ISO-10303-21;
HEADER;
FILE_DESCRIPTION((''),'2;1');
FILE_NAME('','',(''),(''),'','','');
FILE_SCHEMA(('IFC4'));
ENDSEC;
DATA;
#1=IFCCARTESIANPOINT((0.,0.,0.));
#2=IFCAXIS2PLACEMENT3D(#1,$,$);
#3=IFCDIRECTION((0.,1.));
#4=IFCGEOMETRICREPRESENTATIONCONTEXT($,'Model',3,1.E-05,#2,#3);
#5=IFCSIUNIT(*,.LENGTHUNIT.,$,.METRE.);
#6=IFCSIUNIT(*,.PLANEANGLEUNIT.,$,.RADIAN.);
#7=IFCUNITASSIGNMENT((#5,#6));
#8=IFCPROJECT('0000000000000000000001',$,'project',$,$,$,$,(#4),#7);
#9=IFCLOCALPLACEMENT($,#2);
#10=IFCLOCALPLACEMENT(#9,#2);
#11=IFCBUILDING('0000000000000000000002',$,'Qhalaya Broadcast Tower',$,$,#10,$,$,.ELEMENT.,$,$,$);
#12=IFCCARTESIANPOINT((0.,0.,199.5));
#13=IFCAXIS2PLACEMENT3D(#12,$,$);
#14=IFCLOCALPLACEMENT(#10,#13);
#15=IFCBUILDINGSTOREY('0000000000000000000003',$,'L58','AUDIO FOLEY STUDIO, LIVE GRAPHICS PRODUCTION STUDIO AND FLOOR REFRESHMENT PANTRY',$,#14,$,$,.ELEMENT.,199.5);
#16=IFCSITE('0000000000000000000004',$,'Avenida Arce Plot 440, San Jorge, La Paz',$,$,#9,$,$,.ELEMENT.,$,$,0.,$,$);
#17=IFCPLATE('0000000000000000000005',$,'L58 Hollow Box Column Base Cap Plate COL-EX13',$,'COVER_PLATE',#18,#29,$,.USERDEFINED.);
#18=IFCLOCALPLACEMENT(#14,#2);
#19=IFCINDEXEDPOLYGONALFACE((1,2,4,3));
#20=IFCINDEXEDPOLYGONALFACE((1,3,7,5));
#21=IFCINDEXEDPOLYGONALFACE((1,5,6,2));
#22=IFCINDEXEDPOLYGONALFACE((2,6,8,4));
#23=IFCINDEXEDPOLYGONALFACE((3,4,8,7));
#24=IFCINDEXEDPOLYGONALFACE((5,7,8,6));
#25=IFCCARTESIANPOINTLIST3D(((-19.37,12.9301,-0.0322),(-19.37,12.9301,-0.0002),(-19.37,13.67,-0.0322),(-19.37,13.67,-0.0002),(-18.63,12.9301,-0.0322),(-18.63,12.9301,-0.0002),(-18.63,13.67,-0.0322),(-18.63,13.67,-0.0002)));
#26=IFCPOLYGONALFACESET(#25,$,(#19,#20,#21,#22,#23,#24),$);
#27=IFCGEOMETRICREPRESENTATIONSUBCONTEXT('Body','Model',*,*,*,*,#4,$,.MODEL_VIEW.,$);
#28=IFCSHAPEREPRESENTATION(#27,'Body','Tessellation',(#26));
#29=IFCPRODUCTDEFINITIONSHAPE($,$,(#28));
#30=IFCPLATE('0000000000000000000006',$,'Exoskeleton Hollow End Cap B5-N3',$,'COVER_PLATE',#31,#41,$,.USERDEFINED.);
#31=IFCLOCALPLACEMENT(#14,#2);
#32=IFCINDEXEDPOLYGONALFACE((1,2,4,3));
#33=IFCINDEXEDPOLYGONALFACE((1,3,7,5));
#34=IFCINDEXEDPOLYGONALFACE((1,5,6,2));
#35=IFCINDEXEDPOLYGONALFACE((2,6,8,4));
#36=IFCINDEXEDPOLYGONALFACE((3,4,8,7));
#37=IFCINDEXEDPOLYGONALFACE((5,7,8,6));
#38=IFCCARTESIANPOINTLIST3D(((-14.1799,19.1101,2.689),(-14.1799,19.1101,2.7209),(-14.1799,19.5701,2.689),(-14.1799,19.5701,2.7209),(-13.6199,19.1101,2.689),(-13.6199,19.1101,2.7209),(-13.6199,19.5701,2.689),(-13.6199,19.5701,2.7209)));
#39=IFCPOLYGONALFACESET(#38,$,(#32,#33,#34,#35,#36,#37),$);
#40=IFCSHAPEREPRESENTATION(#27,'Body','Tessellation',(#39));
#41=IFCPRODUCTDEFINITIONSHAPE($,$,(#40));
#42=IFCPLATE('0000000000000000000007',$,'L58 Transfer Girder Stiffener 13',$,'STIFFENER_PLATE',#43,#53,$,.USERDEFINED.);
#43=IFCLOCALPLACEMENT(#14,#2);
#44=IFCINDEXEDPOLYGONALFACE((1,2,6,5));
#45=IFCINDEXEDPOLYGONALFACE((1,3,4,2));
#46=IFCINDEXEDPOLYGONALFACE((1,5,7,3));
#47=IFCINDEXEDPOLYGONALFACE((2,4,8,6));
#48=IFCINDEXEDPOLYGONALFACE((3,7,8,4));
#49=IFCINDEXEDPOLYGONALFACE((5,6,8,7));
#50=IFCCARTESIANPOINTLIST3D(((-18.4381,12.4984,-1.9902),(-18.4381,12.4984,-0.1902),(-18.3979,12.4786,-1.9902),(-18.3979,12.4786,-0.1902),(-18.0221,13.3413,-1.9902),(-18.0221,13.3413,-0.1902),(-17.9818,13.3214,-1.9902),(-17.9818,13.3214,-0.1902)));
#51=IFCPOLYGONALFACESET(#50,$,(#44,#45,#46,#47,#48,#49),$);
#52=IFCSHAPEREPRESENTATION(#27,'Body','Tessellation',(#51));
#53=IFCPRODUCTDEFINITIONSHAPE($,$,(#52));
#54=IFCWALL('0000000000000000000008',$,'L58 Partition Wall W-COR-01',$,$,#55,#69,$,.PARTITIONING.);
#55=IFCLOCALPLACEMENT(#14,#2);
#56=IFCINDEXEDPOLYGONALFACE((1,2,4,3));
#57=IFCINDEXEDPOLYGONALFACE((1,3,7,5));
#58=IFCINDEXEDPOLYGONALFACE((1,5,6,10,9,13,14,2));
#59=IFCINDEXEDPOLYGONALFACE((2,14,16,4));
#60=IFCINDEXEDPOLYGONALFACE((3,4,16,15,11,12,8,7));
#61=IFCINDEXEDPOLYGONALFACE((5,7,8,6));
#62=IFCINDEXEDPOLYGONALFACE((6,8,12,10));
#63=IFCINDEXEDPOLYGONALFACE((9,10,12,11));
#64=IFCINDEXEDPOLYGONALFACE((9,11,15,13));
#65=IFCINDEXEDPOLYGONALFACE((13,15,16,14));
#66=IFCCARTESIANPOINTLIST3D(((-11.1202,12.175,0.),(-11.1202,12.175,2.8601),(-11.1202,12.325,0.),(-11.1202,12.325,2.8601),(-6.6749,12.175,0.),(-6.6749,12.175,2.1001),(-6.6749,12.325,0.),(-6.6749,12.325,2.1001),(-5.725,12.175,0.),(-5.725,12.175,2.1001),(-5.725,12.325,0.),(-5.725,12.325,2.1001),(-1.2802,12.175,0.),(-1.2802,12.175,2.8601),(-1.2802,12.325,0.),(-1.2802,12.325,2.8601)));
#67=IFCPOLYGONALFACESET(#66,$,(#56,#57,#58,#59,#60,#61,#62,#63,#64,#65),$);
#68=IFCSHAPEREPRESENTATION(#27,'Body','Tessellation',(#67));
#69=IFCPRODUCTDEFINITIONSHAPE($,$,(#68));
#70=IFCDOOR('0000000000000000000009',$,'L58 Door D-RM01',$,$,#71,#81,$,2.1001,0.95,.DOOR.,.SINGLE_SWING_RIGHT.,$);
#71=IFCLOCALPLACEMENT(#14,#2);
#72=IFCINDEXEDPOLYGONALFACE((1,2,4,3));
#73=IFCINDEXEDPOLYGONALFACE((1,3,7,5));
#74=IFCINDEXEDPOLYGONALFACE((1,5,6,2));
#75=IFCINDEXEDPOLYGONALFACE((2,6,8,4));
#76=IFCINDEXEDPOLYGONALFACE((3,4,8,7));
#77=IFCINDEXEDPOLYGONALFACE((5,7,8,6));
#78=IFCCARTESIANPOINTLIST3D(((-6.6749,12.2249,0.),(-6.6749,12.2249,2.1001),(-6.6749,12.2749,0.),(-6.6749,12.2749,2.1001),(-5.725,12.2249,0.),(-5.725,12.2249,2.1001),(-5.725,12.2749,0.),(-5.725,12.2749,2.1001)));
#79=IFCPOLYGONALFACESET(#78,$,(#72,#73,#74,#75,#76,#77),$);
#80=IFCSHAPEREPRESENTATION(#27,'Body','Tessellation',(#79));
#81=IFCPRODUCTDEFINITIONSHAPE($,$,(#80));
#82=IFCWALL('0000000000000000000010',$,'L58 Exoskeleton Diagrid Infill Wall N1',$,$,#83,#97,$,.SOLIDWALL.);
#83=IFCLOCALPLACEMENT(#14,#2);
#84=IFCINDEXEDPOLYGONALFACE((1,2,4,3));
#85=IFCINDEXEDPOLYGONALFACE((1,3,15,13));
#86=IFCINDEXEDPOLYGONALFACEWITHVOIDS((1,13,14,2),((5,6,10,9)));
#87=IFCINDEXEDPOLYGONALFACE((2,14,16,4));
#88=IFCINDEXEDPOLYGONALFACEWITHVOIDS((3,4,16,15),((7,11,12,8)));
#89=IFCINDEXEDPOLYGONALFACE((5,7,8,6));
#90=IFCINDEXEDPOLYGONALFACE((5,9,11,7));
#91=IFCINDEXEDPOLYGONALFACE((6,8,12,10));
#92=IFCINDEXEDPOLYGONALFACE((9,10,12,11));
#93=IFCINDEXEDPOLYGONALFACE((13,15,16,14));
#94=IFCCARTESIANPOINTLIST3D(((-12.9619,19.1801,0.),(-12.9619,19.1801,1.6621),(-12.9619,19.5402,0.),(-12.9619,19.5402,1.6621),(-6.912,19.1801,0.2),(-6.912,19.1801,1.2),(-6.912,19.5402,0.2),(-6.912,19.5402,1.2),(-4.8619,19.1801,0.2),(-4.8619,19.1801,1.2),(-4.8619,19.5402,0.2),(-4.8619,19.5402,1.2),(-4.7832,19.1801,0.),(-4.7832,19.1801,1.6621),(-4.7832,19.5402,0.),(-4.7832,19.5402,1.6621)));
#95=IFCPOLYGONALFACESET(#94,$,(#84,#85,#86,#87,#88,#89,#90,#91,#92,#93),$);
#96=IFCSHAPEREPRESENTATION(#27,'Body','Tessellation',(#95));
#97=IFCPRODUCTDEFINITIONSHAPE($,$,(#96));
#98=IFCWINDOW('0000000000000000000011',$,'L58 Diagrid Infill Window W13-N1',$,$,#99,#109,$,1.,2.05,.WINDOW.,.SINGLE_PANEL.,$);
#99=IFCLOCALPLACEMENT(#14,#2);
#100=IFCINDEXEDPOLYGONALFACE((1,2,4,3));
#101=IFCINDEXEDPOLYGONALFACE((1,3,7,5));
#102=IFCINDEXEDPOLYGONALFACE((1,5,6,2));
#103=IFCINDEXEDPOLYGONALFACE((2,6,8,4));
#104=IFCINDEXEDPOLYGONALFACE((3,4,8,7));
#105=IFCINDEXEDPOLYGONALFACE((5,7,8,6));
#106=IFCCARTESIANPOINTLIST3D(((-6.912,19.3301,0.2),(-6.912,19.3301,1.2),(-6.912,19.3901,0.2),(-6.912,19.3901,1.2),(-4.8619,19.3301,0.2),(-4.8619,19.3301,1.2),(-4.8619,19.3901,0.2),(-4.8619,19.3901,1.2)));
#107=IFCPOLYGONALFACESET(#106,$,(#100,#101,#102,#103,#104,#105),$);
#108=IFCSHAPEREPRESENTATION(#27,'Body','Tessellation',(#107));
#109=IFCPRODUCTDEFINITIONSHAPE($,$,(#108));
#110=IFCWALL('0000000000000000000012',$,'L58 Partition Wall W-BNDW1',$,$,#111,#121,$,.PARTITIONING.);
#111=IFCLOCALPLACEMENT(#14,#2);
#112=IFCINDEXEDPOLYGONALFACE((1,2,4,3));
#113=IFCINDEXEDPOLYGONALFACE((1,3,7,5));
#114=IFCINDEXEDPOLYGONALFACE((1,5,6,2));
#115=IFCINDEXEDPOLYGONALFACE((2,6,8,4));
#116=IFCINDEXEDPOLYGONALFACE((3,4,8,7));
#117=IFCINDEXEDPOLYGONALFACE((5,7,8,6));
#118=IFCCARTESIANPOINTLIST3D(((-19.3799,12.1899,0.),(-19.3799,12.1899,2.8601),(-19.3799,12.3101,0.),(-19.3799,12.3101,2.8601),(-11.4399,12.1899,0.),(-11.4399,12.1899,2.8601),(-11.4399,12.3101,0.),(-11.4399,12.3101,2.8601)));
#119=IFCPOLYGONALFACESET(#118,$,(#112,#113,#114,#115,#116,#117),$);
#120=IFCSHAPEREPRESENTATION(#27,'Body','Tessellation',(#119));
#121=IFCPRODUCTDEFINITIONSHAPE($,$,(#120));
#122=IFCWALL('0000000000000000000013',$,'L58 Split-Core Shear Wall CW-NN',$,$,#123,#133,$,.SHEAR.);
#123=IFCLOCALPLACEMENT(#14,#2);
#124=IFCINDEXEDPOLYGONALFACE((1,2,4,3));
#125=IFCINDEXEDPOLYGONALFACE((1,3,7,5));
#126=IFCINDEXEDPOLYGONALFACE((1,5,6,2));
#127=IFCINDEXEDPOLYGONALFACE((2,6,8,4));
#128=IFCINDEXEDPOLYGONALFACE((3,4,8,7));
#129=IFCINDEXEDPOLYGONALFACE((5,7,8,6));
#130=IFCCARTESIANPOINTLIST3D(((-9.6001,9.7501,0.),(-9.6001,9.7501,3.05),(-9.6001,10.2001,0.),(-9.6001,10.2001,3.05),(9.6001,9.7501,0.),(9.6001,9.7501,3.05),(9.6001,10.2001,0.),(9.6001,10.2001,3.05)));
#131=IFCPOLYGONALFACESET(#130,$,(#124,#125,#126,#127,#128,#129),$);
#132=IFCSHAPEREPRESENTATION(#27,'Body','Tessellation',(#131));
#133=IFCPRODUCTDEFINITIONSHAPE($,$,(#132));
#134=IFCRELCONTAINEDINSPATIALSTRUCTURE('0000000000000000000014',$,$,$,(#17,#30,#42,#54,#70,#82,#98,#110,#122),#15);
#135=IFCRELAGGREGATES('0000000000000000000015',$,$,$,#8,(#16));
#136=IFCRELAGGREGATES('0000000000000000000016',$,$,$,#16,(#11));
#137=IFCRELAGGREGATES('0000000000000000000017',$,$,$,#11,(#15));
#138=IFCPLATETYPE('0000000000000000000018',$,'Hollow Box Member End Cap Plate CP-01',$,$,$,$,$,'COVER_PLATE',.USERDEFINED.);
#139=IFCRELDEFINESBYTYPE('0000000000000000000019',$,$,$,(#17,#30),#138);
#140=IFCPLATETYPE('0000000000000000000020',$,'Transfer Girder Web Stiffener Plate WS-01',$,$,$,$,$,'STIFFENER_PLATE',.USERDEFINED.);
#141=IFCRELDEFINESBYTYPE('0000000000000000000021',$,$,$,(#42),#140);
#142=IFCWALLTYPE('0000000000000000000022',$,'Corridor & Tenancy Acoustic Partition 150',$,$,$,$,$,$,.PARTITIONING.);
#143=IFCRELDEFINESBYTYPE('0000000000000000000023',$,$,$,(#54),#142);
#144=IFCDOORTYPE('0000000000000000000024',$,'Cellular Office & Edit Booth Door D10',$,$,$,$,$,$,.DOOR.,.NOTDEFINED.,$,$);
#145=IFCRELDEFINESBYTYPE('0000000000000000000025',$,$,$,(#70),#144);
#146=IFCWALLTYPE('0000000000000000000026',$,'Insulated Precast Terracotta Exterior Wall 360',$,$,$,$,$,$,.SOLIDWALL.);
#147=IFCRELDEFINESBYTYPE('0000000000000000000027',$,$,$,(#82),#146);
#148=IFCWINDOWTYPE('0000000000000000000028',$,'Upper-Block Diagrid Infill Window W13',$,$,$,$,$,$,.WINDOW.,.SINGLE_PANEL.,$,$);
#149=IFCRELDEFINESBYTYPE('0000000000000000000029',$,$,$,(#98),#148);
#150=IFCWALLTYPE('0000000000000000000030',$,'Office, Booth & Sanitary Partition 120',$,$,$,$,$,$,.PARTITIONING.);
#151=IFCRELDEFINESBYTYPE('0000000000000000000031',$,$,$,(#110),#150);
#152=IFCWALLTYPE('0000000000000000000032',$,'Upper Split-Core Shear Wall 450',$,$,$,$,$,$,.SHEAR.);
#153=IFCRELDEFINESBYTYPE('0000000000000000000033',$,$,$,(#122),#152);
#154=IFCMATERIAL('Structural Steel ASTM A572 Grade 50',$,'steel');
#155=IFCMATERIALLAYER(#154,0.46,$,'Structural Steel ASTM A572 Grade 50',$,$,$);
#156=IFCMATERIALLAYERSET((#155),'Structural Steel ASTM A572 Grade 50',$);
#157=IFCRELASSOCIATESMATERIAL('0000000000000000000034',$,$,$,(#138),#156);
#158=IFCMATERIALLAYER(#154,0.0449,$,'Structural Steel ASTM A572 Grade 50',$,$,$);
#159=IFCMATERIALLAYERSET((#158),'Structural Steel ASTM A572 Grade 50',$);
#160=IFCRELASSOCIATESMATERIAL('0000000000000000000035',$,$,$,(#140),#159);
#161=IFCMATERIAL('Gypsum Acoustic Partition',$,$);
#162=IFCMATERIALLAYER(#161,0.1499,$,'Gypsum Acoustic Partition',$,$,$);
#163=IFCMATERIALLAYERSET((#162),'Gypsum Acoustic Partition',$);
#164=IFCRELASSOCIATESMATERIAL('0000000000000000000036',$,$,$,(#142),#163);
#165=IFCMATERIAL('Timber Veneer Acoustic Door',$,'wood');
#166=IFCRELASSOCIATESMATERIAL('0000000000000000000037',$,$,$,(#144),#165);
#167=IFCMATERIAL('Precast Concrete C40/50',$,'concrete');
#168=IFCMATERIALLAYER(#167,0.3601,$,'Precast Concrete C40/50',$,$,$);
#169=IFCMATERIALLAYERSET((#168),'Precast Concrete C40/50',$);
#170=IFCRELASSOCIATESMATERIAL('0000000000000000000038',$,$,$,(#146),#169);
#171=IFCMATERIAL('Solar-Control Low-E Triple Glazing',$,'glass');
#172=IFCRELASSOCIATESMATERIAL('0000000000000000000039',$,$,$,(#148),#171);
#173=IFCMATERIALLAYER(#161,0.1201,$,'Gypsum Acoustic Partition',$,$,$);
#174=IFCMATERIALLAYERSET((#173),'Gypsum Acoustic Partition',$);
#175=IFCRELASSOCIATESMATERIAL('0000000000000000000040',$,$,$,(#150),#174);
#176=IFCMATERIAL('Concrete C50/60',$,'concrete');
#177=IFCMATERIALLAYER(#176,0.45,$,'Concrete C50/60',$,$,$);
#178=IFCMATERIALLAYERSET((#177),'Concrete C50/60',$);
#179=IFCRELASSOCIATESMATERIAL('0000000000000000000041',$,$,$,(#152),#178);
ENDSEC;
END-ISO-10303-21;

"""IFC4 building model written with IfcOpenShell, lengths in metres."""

from ifc_helpers import new_model, si_unit, direction, frame, frame_2d, origin, origin_2d, place, context, subcontext, project, spatial, rectangle, extrude, material, layer, layer_set, type_object, element, fill, save


model = new_model("IFC4")

# Units and contexts
model_context = context("Model", 3, precision=1e-05, world=origin(), true_north=direction((0.0, 1.0)))
body_context = subcontext(model_context, "Body", "Model", "MODEL_VIEW")
ifc_project = project(units=[si_unit("LENGTHUNIT", "METRE"), si_unit("PLANEANGLEUNIT", "RADIAN")], contexts=[model_context])

# Site, building, storey
site_placement = place(None, origin())
site = spatial("IfcSite", under=ifc_project, at=site_placement, Name="Avenida Arce Plot 440, San Jorge, La Paz", CompositionType="ELEMENT", RefElevation=0.0)
building_placement = place(site_placement, origin())
building = spatial("IfcBuilding", under=site, at=building_placement, Name="Qhalaya Broadcast Tower", CompositionType="ELEMENT")
storey_placement = place(building_placement, frame((0.0, 0.0, 199.5)))
storey = spatial("IfcBuildingStorey", under=building, at=storey_placement, Name="L58", Description="AUDIO FOLEY STUDIO, LIVE GRAPHICS PRODUCTION STUDIO AND FLOOR REFRESHMENT PANTRY", CompositionType="ELEMENT", Elevation=199.5)

# Shared definitions
ifc_material_1 = material(Name="Concrete C50/60", Category="concrete")
ifc_material_2 = material(Name="Structural Steel ASTM A572 Grade 50", Category="steel")

# Plates
ifc_layer_1 = layer(ifc_material_2, 0.46, Name="Structural Steel ASTM A572 Grade 50")
ifc_layer_set_1 = layer_set([ifc_layer_1], Name="Structural Steel ASTM A572 Grade 50")
plate_type_1 = type_object("IfcPlateType", Name="Hollow Box Member End Cap Plate CP-01", ElementType="COVER_PLATE", PredefinedType="USERDEFINED", material=ifc_layer_set_1)
for number, where, z_axis, x_axis, name in (
    (1, (-19.0, 13.3, -0.0322), (0.0, 0.0, 1.0), (0.0, 1.0, 0.0), "L58 Hollow Box Column Base Cap Plate COL-EX13"),
):
    element("IfcPlate", number, at=place(storey_placement, frame(where, z_axis=z_axis, x_axis=x_axis)), inside=storey, type_object=plate_type_1, Name=name, ObjectType="COVER_PLATE", PredefinedType="USERDEFINED", context=body_context, shape_type="SweptSolid", body=[
        extrude(rectangle(XDim=0.74, YDim=0.74, at=origin_2d()), origin(), (0.0, 0.0, 1.0), 0.032),
    ])
plate_1_placement = place(storey_placement, frame((-13.8999, 19.3401, 2.689), z_axis=(0.0, 0.0, 1.0), x_axis=(1.0, 0.0, 0.0)))
element("IfcPlate", 2, at=plate_1_placement, inside=storey, type_object=plate_type_1, Name="Exoskeleton Hollow End Cap B5-N3", ObjectType="COVER_PLATE", PredefinedType="USERDEFINED", context=body_context, shape_type="SweptSolid", body=[
    extrude(rectangle(XDim=0.5601, YDim=0.46, at=origin_2d()), origin(), (0.0, 0.0, 1.0), 0.032),
])
ifc_layer_2 = layer(ifc_material_2, 0.0449, Name="Structural Steel ASTM A572 Grade 50")
ifc_layer_set_2 = layer_set([ifc_layer_2], Name="Structural Steel ASTM A572 Grade 50")
plate_type_2 = type_object("IfcPlateType", Name="Transfer Girder Web Stiffener Plate WS-01", ElementType="STIFFENER_PLATE", PredefinedType="USERDEFINED", material=ifc_layer_set_2)
plate_2_placement = place(storey_placement, frame((-18.21, 12.9099, -1.9902), z_axis=(0.0, 0.0, 1.0), x_axis=(-0.442664, -0.896687, 0.0)))
element("IfcPlate", 3, at=plate_2_placement, inside=storey, type_object=plate_type_2, Name="L58 Transfer Girder Stiffener 13", ObjectType="STIFFENER_PLATE", PredefinedType="USERDEFINED", context=body_context, shape_type="SweptSolid", body=[
    extrude(rectangle(XDim=0.9399, YDim=0.0449, at=origin_2d()), origin(), (0.0, 0.0, 1.0), 1.8),
])

# Wall, opening, door
ifc_material_3 = material(Name="Gypsum Acoustic Partition")
ifc_layer_3 = layer(ifc_material_3, 0.1499, Name="Gypsum Acoustic Partition")
ifc_layer_set_3 = layer_set([ifc_layer_3], Name="Gypsum Acoustic Partition")
wall_type_1 = type_object("IfcWallType", Name="Corridor & Tenancy Acoustic Partition 150", PredefinedType="PARTITIONING", material=ifc_layer_set_3)
wall_1_placement = place(storey_placement, frame((-11.1201, 12.25, 0.0), z_axis=(0.0, 0.0, 1.0), x_axis=(1.0, 0.0, 0.0)))
wall_1 = element("IfcWall", 4, at=wall_1_placement, inside=storey, type_object=wall_type_1, Name="L58 Partition Wall W-COR-01", PredefinedType="PARTITIONING", context=body_context, shape_type="SweptSolid", body=[
    extrude(rectangle(XDim=9.8401, YDim=0.1499, at=frame_2d((4.9199, 0.0))), origin(), (0.0, 0.0, 1.0), 2.8601),
])
opening_1_placement = place(wall_1_placement, frame((4.4451, 0.0, 0.0)))
opening_1 = element("IfcOpeningElement", 5, at=opening_1_placement, cuts=wall_1, PredefinedType="OPENING", context=body_context, shape_type="SweptSolid", body=[
    extrude(rectangle(XDim=0.95, YDim=2.1001, at=frame_2d((0.4751, 1.05))), frame((0.0, 0.0869, 0.0), z_axis=(0.0, -1.0, 0.0), x_axis=(1.0, 0.0, 0.0)), (0.0, 0.0, 1.0), 0.1738),
])
ifc_material_4 = material(Name="Timber Veneer Acoustic Door", Category="wood")
door_type = type_object("IfcDoorType", Name="Cellular Office & Edit Booth Door D10", OperationType="NOTDEFINED", PredefinedType="DOOR", material=ifc_material_4)
door_placement = place(opening_1_placement, origin())
door = element("IfcDoor", 6, at=door_placement, inside=storey, type_object=door_type, Name="L58 Door D-RM01", OperationType="SINGLE_SWING_RIGHT", OverallHeight=2.1001, OverallWidth=0.95, PredefinedType="DOOR", context=body_context, shape_type="SweptSolid", body=[
    extrude(rectangle(XDim=0.95, YDim=2.1001, at=frame_2d((0.4751, 1.05))), frame((0.0, 0.0249, 0.0), z_axis=(0.0, -1.0, 0.0), x_axis=(1.0, 0.0, 0.0)), (0.0, 0.0, 1.0), 0.05),
])
fill(opening_1, door)

# Wall, opening, window
ifc_material_5 = material(Name="Precast Concrete C40/50", Category="concrete")
ifc_layer_4 = layer(ifc_material_5, 0.3601, Name="Precast Concrete C40/50")
ifc_layer_set_4 = layer_set([ifc_layer_4], Name="Precast Concrete C40/50")
wall_type_2 = type_object("IfcWallType", Name="Insulated Precast Terracotta Exterior Wall 360", PredefinedType="SOLIDWALL", material=ifc_layer_set_4)
wall_2_placement = place(storey_placement, frame((-12.9619, 19.3601, 0.0), z_axis=(0.0, 0.0, 1.0), x_axis=(1.0, 0.0, 0.0)))
wall_2 = element("IfcWall", 7, at=wall_2_placement, inside=storey, type_object=wall_type_2, Name="L58 Exoskeleton Diagrid Infill Wall N1", PredefinedType="SOLIDWALL", context=body_context, shape_type="SweptSolid", body=[
    extrude(rectangle(XDim=8.1787, YDim=0.3601, at=frame_2d((4.0894, 0.0))), origin(), (0.0, 0.0, 1.0), 1.6621),
])
opening_2_placement = place(wall_2_placement, frame((6.05, 0.0, 0.2)))
opening_2 = element("IfcOpeningElement", 8, at=opening_2_placement, cuts=wall_2, PredefinedType="OPENING", context=body_context, shape_type="SweptSolid", body=[
    extrude(rectangle(XDim=2.05, YDim=1.0, at=frame_2d((1.0249, 0.5))), frame((0.0, 0.1921, 0.0), z_axis=(0.0, -1.0, 0.0), x_axis=(1.0, 0.0, 0.0)), (0.0, 0.0, 1.0), 0.384),
])
ifc_material_6 = material(Name="Solar-Control Low-E Triple Glazing", Category="glass")
window_type = type_object("IfcWindowType", Name="Upper-Block Diagrid Infill Window W13", PartitioningType="SINGLE_PANEL", PredefinedType="WINDOW", material=ifc_material_6)
window_placement = place(opening_2_placement, origin())
window = element("IfcWindow", 9, at=window_placement, inside=storey, type_object=window_type, Name="L58 Diagrid Infill Window W13-N1", OverallHeight=1.0, OverallWidth=2.05, PartitioningType="SINGLE_PANEL", PredefinedType="WINDOW", context=body_context, shape_type="SweptSolid", body=[
    extrude(rectangle(XDim=2.05, YDim=1.0, at=frame_2d((1.0249, 0.5))), frame((0.0, 0.03, 0.0), z_axis=(0.0, -1.0, 0.0), x_axis=(1.0, 0.0, 0.0)), (0.0, 0.0, 1.0), 0.0601),
])
fill(opening_2, window)

# Walls
ifc_layer_5 = layer(ifc_material_3, 0.1201, Name="Gypsum Acoustic Partition")
ifc_layer_set_5 = layer_set([ifc_layer_5], Name="Gypsum Acoustic Partition")
wall_type_3 = type_object("IfcWallType", Name="Office, Booth & Sanitary Partition 120", PredefinedType="PARTITIONING", material=ifc_layer_set_5)
wall_3_placement = place(storey_placement, frame((-19.3799, 12.25, 0.0), z_axis=(0.0, 0.0, 1.0), x_axis=(1.0, 0.0, 0.0)))
element("IfcWall", 10, at=wall_3_placement, inside=storey, type_object=wall_type_3, Name="L58 Partition Wall W-BNDW1", PredefinedType="PARTITIONING", context=body_context, shape_type="SweptSolid", body=[
    extrude(rectangle(XDim=7.9399, YDim=0.1201, at=frame_2d((3.97, 0.0))), origin(), (0.0, 0.0, 1.0), 2.8601),
])
ifc_layer_6 = layer(ifc_material_1, 0.45, Name="Concrete C50/60")
ifc_layer_set_6 = layer_set([ifc_layer_6], Name="Concrete C50/60")
wall_type_4 = type_object("IfcWallType", Name="Upper Split-Core Shear Wall 450", PredefinedType="SHEAR", material=ifc_layer_set_6)
wall_4_placement = place(storey_placement, frame((-9.6001, 9.9751, 0.0), z_axis=(0.0, 0.0, 1.0), x_axis=(1.0, 0.0, 0.0)))
element("IfcWall", 11, at=wall_4_placement, inside=storey, type_object=wall_type_4, Name="L58 Split-Core Shear Wall CW-NN", PredefinedType="SHEAR", context=body_context, shape_type="SweptSolid", body=[
    extrude(rectangle(XDim=19.2002, YDim=0.45, at=frame_2d((9.6001, 0.0))), origin(), (0.0, 0.0, 1.0), 3.05),
])

save(model, "model.ifc")
